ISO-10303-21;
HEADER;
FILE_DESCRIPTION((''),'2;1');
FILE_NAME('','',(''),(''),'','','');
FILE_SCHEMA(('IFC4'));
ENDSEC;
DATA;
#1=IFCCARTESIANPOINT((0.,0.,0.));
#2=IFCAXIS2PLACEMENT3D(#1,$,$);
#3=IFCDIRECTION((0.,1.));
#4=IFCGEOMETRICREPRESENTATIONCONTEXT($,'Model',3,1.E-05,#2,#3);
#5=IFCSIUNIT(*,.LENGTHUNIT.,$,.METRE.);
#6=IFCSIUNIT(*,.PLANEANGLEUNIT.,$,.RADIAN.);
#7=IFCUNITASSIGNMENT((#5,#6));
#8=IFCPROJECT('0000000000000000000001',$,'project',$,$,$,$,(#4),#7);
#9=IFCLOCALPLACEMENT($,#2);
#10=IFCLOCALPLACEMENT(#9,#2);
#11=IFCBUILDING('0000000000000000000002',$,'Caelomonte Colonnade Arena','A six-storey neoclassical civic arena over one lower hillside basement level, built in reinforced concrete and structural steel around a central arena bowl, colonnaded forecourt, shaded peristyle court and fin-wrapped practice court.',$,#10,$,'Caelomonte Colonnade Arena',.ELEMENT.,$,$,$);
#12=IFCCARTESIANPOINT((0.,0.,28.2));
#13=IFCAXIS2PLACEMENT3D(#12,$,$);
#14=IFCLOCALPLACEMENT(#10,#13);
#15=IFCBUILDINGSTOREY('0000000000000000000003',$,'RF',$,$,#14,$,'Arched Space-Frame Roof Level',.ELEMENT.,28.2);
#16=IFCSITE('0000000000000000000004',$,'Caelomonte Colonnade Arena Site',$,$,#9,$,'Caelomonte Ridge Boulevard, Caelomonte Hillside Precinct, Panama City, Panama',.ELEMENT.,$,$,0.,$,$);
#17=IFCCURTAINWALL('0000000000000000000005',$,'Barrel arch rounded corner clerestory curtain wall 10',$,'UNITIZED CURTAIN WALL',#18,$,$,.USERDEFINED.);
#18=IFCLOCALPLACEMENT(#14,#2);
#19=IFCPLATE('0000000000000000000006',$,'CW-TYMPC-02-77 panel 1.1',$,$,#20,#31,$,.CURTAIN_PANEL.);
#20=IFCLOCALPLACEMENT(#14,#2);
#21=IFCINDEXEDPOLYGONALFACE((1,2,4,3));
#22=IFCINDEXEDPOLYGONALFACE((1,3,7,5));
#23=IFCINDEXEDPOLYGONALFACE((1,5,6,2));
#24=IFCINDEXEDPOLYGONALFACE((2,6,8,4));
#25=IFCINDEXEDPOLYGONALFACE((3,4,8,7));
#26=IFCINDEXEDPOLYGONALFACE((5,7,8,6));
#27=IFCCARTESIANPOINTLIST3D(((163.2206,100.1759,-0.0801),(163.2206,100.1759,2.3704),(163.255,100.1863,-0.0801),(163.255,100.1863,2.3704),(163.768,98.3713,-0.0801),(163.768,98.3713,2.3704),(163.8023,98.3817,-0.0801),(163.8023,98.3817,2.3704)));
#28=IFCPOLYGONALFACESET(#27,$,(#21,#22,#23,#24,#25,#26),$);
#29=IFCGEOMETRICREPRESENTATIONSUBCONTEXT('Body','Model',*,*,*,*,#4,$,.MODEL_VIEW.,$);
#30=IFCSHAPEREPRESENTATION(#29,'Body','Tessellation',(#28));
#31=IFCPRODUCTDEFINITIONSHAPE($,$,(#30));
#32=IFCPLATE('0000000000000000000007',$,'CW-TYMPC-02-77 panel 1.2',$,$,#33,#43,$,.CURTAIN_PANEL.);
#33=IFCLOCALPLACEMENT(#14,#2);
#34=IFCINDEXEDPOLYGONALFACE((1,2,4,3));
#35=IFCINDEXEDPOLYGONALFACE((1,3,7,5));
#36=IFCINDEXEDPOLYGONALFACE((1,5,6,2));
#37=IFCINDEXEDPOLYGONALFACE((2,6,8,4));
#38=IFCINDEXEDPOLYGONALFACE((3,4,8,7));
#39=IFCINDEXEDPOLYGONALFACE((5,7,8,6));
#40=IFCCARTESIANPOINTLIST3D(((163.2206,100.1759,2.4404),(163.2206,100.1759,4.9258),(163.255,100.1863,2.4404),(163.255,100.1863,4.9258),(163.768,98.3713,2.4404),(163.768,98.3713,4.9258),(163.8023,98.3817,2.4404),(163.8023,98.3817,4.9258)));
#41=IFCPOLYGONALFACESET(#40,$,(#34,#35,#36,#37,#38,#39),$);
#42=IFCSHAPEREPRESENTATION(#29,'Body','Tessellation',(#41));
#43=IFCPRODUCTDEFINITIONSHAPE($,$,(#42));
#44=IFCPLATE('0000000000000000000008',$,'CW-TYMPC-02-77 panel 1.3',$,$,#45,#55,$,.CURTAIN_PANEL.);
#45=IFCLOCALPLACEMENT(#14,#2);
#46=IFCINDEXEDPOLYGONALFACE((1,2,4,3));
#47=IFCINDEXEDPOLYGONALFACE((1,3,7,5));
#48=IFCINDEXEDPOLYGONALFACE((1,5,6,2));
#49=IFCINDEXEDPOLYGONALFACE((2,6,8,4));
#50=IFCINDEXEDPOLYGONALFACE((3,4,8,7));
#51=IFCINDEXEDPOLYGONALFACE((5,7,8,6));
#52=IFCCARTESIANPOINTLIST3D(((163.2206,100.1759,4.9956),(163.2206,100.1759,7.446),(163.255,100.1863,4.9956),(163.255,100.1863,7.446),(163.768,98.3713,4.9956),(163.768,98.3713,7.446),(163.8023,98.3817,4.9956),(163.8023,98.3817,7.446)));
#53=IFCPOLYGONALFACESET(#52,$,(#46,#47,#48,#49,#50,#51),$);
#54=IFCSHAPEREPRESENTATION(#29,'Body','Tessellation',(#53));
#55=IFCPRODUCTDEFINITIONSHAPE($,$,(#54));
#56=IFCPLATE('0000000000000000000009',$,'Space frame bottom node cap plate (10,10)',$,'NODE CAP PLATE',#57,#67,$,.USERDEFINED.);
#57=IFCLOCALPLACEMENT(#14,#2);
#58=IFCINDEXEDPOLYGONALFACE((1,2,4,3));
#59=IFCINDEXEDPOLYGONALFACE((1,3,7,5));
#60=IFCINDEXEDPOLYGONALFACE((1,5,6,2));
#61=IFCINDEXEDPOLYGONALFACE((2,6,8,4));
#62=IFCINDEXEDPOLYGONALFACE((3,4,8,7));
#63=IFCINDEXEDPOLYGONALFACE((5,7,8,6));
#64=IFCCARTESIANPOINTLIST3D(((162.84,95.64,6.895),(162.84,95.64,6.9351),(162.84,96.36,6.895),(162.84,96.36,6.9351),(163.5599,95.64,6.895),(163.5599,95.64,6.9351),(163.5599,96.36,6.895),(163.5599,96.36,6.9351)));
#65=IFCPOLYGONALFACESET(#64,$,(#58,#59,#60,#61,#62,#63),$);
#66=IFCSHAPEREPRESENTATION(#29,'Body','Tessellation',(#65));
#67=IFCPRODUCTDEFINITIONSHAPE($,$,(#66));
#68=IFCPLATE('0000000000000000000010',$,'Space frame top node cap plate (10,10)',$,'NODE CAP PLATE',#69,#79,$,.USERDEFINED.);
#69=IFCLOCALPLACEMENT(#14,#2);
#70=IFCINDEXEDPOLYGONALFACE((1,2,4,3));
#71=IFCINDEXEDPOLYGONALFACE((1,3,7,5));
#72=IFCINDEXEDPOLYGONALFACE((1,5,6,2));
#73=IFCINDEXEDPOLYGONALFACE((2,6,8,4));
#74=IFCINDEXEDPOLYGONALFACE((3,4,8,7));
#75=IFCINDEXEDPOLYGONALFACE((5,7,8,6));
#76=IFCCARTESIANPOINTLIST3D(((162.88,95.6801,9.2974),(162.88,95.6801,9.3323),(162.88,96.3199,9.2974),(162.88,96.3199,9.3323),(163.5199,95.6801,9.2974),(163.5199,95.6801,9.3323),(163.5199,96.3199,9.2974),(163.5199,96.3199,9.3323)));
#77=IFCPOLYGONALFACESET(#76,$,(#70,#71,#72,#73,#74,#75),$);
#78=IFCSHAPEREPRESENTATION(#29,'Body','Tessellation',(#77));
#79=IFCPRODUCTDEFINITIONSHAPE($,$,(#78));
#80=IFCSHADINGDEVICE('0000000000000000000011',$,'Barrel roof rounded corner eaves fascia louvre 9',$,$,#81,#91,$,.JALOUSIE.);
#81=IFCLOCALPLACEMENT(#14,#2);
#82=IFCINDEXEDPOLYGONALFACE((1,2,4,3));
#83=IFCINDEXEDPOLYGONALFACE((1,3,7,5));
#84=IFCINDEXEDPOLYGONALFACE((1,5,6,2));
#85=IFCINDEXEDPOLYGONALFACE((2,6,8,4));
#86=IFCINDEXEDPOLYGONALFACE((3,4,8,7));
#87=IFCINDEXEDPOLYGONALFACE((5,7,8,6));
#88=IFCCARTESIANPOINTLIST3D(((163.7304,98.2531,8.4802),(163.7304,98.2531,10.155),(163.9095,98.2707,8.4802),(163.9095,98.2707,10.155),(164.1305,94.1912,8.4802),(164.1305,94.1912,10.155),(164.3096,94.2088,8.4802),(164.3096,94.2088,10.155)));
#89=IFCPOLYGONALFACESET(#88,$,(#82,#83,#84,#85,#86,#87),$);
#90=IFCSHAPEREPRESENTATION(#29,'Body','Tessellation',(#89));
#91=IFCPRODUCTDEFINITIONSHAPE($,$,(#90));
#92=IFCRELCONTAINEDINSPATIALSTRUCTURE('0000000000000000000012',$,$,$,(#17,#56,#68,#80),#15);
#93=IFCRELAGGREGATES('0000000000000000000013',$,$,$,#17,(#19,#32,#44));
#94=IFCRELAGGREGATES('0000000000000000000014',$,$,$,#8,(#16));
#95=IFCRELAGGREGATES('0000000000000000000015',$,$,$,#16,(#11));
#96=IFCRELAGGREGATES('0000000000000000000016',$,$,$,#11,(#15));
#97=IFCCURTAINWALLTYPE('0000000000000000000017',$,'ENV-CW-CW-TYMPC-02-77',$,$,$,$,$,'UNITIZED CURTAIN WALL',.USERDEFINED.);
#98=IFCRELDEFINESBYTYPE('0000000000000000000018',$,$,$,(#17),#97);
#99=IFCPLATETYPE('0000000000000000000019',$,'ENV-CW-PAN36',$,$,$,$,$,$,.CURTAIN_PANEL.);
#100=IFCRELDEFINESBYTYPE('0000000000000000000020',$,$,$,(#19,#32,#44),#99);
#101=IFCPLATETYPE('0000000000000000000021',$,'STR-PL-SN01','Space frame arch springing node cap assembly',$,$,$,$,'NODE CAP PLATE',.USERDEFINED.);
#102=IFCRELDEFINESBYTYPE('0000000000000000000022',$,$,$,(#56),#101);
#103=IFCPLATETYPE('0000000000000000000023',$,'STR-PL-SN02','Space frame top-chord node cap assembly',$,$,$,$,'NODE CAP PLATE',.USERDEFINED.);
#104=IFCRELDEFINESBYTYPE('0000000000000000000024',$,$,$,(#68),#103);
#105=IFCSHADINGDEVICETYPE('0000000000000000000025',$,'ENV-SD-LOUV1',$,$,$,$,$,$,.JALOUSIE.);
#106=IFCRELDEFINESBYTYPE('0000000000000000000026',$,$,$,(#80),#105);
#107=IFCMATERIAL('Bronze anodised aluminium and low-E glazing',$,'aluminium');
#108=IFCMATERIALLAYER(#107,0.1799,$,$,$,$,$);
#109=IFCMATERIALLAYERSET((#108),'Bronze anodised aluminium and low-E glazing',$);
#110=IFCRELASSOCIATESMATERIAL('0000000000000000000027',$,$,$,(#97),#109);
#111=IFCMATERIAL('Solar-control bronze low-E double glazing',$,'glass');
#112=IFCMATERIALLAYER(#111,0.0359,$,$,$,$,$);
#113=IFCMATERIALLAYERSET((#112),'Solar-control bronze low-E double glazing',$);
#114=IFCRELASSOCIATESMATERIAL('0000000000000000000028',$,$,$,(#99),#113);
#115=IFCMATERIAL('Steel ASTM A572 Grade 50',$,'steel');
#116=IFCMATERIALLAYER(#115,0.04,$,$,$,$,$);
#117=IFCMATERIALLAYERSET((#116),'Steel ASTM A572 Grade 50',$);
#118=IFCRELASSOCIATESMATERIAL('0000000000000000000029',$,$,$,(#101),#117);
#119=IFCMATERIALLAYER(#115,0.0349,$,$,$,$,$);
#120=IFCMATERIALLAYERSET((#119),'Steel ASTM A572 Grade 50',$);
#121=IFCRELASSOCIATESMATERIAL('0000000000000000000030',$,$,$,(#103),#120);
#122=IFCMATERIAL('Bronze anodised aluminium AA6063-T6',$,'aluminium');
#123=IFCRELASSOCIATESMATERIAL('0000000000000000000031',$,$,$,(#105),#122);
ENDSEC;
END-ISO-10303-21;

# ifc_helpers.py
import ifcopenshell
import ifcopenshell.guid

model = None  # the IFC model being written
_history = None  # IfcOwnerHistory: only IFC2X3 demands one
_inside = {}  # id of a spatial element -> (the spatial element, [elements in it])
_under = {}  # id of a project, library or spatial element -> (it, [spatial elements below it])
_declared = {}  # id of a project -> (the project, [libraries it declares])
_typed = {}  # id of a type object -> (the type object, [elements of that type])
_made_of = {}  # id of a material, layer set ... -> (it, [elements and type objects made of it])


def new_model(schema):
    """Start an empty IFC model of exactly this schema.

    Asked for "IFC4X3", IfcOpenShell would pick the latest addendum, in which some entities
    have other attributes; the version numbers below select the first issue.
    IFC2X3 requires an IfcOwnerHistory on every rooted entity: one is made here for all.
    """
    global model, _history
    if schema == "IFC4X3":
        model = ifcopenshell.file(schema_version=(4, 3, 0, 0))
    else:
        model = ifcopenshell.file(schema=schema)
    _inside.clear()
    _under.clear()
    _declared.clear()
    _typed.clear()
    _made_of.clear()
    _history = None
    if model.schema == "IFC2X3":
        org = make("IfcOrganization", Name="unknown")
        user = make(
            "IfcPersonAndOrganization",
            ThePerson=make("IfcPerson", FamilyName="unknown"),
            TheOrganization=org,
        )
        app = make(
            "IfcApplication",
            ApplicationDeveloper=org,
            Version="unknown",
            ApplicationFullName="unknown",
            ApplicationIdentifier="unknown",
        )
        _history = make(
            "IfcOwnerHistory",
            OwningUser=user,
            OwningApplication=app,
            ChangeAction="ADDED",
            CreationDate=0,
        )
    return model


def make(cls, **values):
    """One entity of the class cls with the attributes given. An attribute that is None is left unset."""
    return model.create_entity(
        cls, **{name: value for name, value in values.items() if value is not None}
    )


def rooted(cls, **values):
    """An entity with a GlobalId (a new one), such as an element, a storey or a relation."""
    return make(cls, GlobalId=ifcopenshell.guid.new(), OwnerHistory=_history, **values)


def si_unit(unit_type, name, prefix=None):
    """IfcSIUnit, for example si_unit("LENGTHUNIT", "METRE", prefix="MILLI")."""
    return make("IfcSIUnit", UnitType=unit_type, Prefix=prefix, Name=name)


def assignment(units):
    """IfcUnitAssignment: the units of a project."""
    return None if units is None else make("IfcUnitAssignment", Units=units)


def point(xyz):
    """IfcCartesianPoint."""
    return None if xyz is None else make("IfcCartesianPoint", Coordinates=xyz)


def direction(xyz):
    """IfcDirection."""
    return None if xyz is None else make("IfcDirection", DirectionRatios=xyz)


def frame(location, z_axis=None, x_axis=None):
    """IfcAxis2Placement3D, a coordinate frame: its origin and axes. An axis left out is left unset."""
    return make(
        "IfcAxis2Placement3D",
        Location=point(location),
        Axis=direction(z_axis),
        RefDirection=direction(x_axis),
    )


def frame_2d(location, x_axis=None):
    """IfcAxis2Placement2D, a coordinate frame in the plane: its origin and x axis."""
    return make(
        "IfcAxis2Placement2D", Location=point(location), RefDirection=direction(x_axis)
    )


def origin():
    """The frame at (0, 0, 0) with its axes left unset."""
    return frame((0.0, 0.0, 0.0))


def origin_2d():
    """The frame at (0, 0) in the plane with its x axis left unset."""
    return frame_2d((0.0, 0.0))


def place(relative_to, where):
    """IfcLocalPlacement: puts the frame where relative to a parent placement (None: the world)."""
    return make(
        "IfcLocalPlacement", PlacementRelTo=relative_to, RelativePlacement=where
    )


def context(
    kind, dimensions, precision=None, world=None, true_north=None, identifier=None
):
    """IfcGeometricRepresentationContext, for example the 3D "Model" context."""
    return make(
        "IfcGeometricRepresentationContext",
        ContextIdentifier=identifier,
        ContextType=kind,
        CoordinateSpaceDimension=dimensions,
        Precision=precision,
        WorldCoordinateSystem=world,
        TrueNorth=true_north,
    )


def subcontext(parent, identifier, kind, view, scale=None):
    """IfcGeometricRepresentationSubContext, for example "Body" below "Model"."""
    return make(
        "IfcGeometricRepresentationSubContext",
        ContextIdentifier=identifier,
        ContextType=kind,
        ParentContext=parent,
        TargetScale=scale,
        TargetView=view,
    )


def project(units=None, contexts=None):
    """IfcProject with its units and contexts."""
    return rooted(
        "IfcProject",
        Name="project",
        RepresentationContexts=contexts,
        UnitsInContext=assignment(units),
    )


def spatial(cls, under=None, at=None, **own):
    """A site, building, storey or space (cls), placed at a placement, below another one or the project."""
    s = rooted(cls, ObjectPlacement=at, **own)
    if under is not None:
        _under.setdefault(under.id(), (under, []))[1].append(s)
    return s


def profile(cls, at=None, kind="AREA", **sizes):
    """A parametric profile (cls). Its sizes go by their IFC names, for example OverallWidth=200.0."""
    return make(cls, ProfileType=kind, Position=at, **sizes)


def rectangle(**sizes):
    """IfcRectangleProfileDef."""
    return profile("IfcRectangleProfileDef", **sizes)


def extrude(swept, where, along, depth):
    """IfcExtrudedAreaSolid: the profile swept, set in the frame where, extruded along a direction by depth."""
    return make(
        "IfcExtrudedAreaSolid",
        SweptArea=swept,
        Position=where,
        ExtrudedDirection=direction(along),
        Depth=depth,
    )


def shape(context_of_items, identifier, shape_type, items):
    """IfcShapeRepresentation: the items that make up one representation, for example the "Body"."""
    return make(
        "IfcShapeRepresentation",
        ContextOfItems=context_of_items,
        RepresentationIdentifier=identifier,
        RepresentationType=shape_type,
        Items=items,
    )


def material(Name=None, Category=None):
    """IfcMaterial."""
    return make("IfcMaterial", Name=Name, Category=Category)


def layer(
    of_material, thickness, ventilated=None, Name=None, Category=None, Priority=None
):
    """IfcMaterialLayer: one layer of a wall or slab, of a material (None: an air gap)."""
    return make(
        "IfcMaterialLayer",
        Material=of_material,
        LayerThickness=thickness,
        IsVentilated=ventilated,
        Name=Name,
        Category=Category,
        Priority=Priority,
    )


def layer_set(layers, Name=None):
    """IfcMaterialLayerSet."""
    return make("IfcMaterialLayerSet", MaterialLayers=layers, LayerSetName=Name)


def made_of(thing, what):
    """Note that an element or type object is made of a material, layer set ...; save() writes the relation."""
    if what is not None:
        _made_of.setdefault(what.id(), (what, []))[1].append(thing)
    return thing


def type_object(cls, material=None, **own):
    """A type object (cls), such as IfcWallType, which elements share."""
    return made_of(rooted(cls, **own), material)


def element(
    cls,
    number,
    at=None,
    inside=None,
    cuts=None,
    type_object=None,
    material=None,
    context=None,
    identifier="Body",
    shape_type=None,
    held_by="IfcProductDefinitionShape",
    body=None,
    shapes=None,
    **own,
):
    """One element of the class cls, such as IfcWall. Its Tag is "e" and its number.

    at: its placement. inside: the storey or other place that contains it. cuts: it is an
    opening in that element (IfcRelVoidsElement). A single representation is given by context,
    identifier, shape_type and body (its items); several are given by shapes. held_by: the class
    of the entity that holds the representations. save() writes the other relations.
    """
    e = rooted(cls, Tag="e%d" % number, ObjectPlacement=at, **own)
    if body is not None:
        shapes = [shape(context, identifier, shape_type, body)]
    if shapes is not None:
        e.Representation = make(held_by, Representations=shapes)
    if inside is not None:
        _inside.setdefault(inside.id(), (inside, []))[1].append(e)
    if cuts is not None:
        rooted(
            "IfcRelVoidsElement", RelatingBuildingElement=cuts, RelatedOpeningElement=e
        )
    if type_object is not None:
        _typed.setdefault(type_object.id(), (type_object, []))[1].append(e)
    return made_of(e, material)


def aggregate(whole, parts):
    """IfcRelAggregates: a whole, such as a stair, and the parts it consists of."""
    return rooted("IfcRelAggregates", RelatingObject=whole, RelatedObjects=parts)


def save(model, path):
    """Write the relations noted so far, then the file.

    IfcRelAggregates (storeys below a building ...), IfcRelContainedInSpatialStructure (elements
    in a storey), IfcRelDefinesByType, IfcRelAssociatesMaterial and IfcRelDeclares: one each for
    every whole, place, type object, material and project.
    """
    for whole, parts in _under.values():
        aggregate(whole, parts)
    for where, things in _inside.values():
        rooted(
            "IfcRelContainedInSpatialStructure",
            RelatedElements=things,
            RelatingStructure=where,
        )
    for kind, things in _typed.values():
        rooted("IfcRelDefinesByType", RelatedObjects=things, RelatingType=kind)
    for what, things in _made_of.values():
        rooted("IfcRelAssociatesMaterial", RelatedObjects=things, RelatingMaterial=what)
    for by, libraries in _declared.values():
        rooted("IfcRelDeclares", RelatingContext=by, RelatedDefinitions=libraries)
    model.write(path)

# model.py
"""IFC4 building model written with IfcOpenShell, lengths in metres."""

from ifc_helpers import new_model, si_unit, direction, frame, origin, origin_2d, place, context, subcontext, project, spatial, rectangle, extrude, material, layer, layer_set, type_object, element, aggregate, save


model = new_model("IFC4")

# Units and contexts
model_context = context("Model", 3, precision=1e-05, world=origin(), true_north=direction((0.0, 1.0)))
body_context = subcontext(model_context, "Body", "Model", "MODEL_VIEW")
ifc_project = project(units=[si_unit("LENGTHUNIT", "METRE"), si_unit("PLANEANGLEUNIT", "RADIAN")], contexts=[model_context])

# Site, building, storey
site_placement = place(None, origin())
site = spatial("IfcSite", under=ifc_project, at=site_placement, Name="Caelomonte Colonnade Arena Site", LongName="Caelomonte Ridge Boulevard, Caelomonte Hillside Precinct, Panama City, Panama", CompositionType="ELEMENT", RefElevation=0.0)
building_placement = place(site_placement, origin())
building = spatial("IfcBuilding", under=site, at=building_placement, Name="Caelomonte Colonnade Arena", Description="A six-storey neoclassical civic arena over one lower hillside basement level, built in reinforced concrete and structural steel around a central arena bowl, colonnaded forecourt, shaded peristyle court and fin-wrapped practice court.", LongName="Caelomonte Colonnade Arena", CompositionType="ELEMENT")
storey_placement = place(building_placement, frame((0.0, 0.0, 28.2)))
storey = spatial("IfcBuildingStorey", under=building, at=storey_placement, Name="RF", LongName="Arched Space-Frame Roof Level", CompositionType="ELEMENT", Elevation=28.2)

# Shared definitions
ifc_material_1 = material(Name="Bronze anodised aluminium and low-E glazing", Category="aluminium")
ifc_material_2 = material(Name="Bronze anodised aluminium AA6063-T6", Category="aluminium")

# Curtain wall
ifc_layer_1 = layer(ifc_material_1, 0.1799)
ifc_layer_set_1 = layer_set([ifc_layer_1], Name="Bronze anodised aluminium and low-E glazing")
curtain_wall_type_1 = type_object("IfcCurtainWallType", Name="ENV-CW-CW-TYMPC-02-77", ElementType="UNITIZED CURTAIN WALL", PredefinedType="USERDEFINED", material=ifc_layer_set_1)
curtain_wall_1_placement = place(storey_placement, origin())
curtain_wall_1 = element("IfcCurtainWall", 1, at=curtain_wall_1_placement, inside=storey, type_object=curtain_wall_type_1, Name="Barrel arch rounded corner clerestory curtain wall 10", ObjectType="UNITIZED CURTAIN WALL", PredefinedType="USERDEFINED")

# Plates
ifc_material_3 = material(Name="Solar-control bronze low-E double glazing", Category="glass")
ifc_layer_2 = layer(ifc_material_3, 0.0359)
ifc_layer_set_2 = layer_set([ifc_layer_2], Name="Solar-control bronze low-E double glazing")
plate_type_1 = type_object("IfcPlateType", Name="ENV-CW-PAN36", PredefinedType="CURTAIN_PANEL", material=ifc_layer_set_2)
plate_1_placement = place(storey_placement, frame((163.5115, 99.2788, -0.0801), z_axis=(0.0, 0.0, 1.0), x_axis=(-0.290266, 0.956946, 0.0)))
plate_1 = element("IfcPlate", 2, at=plate_1_placement, type_object=plate_type_1, Name="CW-TYMPC-02-77 panel 1.1", PredefinedType="CURTAIN_PANEL", context=body_context, shape_type="SweptSolid", body=[
    extrude(rectangle(XDim=1.8857, YDim=0.0359, at=origin_2d()), origin(), (0.0, 0.0, 1.0), 2.4504),
])
plate_2_placement = place(storey_placement, frame((163.5115, 99.2788, 2.4404), z_axis=(0.0, 0.0, 1.0), x_axis=(-0.290266, 0.956946, 0.0)))
plate_2 = element("IfcPlate", 3, at=plate_2_placement, type_object=plate_type_1, Name="CW-TYMPC-02-77 panel 1.2", PredefinedType="CURTAIN_PANEL", context=body_context, shape_type="SweptSolid", body=[
    extrude(rectangle(XDim=1.8857, YDim=0.0359, at=origin_2d()), origin(), (0.0, 0.0, 1.0), 2.4854),
])
plate_3_placement = place(storey_placement, frame((163.5115, 99.2788, 4.9956), z_axis=(0.0, 0.0, 1.0), x_axis=(-0.290266, 0.956946, 0.0)))
plate_3 = element("IfcPlate", 4, at=plate_3_placement, type_object=plate_type_1, Name="CW-TYMPC-02-77 panel 1.3", PredefinedType="CURTAIN_PANEL", context=body_context, shape_type="SweptSolid", body=[
    extrude(rectangle(XDim=1.8857, YDim=0.0359, at=origin_2d()), origin(), (0.0, 0.0, 1.0), 2.4504),
])
aggregate(curtain_wall_1, [plate_1, plate_2, plate_3])

# Plates
ifc_material_4 = material(Name="Steel ASTM A572 Grade 50", Category="steel")
ifc_layer_3 = layer(ifc_material_4, 0.04)
ifc_layer_set_3 = layer_set([ifc_layer_3], Name="Steel ASTM A572 Grade 50")
plate_type_2 = type_object("IfcPlateType", Name="STR-PL-SN01", Description="Space frame arch springing node cap assembly", ElementType="NODE CAP PLATE", PredefinedType="USERDEFINED", material=ifc_layer_set_3)
plate_4_placement = place(storey_placement, frame((163.2, 96.0, 6.895), z_axis=(0.0, 0.0, 1.0), x_axis=(1.0, 0.0, 0.0)))
element("IfcPlate", 5, at=plate_4_placement, inside=storey, type_object=plate_type_2, Name="Space frame bottom node cap plate (10,10)", ObjectType="NODE CAP PLATE", PredefinedType="USERDEFINED", context=body_context, shape_type="SweptSolid", body=[
    extrude(rectangle(XDim=0.72, YDim=0.72, at=origin_2d()), origin(), (0.0, 0.0, 1.0), 0.04),
])
ifc_layer_4 = layer(ifc_material_4, 0.0349)
ifc_layer_set_4 = layer_set([ifc_layer_4], Name="Steel ASTM A572 Grade 50")
plate_type_3 = type_object("IfcPlateType", Name="STR-PL-SN02", Description="Space frame top-chord node cap assembly", ElementType="NODE CAP PLATE", PredefinedType="USERDEFINED", material=ifc_layer_set_4)
plate_5_placement = place(storey_placement, frame((163.2, 96.0, 9.2974), z_axis=(0.0, 0.0, 1.0), x_axis=(1.0, 0.0, 0.0)))
element("IfcPlate", 6, at=plate_5_placement, inside=storey, type_object=plate_type_3, Name="Space frame top node cap plate (10,10)", ObjectType="NODE CAP PLATE", PredefinedType="USERDEFINED", context=body_context, shape_type="SweptSolid", body=[
    extrude(rectangle(XDim=0.6399, YDim=0.6399, at=origin_2d()), origin(), (0.0, 0.0, 1.0), 0.0349),
])

# Shading device
shading_device_type = type_object("IfcShadingDeviceType", Name="ENV-SD-LOUV1", PredefinedType="JALOUSIE", material=ifc_material_2)
shading_device_placement = place(storey_placement, frame((164.02, 96.231, 8.4802), z_axis=(0.0, 0.0, 1.0), x_axis=(-0.098029, 0.995184, 0.0)))
element("IfcShadingDevice", 7, at=shading_device_placement, inside=storey, type_object=shading_device_type, Name="Barrel roof rounded corner eaves fascia louvre 9", PredefinedType="JALOUSIE", context=body_context, shape_type="SweptSolid", body=[
    extrude(rectangle(XDim=4.0815, YDim=0.1799, at=origin_2d()), origin(), (0.0, 0.0, 1.0), 1.6748),
])

save(model, "model.ifc")
